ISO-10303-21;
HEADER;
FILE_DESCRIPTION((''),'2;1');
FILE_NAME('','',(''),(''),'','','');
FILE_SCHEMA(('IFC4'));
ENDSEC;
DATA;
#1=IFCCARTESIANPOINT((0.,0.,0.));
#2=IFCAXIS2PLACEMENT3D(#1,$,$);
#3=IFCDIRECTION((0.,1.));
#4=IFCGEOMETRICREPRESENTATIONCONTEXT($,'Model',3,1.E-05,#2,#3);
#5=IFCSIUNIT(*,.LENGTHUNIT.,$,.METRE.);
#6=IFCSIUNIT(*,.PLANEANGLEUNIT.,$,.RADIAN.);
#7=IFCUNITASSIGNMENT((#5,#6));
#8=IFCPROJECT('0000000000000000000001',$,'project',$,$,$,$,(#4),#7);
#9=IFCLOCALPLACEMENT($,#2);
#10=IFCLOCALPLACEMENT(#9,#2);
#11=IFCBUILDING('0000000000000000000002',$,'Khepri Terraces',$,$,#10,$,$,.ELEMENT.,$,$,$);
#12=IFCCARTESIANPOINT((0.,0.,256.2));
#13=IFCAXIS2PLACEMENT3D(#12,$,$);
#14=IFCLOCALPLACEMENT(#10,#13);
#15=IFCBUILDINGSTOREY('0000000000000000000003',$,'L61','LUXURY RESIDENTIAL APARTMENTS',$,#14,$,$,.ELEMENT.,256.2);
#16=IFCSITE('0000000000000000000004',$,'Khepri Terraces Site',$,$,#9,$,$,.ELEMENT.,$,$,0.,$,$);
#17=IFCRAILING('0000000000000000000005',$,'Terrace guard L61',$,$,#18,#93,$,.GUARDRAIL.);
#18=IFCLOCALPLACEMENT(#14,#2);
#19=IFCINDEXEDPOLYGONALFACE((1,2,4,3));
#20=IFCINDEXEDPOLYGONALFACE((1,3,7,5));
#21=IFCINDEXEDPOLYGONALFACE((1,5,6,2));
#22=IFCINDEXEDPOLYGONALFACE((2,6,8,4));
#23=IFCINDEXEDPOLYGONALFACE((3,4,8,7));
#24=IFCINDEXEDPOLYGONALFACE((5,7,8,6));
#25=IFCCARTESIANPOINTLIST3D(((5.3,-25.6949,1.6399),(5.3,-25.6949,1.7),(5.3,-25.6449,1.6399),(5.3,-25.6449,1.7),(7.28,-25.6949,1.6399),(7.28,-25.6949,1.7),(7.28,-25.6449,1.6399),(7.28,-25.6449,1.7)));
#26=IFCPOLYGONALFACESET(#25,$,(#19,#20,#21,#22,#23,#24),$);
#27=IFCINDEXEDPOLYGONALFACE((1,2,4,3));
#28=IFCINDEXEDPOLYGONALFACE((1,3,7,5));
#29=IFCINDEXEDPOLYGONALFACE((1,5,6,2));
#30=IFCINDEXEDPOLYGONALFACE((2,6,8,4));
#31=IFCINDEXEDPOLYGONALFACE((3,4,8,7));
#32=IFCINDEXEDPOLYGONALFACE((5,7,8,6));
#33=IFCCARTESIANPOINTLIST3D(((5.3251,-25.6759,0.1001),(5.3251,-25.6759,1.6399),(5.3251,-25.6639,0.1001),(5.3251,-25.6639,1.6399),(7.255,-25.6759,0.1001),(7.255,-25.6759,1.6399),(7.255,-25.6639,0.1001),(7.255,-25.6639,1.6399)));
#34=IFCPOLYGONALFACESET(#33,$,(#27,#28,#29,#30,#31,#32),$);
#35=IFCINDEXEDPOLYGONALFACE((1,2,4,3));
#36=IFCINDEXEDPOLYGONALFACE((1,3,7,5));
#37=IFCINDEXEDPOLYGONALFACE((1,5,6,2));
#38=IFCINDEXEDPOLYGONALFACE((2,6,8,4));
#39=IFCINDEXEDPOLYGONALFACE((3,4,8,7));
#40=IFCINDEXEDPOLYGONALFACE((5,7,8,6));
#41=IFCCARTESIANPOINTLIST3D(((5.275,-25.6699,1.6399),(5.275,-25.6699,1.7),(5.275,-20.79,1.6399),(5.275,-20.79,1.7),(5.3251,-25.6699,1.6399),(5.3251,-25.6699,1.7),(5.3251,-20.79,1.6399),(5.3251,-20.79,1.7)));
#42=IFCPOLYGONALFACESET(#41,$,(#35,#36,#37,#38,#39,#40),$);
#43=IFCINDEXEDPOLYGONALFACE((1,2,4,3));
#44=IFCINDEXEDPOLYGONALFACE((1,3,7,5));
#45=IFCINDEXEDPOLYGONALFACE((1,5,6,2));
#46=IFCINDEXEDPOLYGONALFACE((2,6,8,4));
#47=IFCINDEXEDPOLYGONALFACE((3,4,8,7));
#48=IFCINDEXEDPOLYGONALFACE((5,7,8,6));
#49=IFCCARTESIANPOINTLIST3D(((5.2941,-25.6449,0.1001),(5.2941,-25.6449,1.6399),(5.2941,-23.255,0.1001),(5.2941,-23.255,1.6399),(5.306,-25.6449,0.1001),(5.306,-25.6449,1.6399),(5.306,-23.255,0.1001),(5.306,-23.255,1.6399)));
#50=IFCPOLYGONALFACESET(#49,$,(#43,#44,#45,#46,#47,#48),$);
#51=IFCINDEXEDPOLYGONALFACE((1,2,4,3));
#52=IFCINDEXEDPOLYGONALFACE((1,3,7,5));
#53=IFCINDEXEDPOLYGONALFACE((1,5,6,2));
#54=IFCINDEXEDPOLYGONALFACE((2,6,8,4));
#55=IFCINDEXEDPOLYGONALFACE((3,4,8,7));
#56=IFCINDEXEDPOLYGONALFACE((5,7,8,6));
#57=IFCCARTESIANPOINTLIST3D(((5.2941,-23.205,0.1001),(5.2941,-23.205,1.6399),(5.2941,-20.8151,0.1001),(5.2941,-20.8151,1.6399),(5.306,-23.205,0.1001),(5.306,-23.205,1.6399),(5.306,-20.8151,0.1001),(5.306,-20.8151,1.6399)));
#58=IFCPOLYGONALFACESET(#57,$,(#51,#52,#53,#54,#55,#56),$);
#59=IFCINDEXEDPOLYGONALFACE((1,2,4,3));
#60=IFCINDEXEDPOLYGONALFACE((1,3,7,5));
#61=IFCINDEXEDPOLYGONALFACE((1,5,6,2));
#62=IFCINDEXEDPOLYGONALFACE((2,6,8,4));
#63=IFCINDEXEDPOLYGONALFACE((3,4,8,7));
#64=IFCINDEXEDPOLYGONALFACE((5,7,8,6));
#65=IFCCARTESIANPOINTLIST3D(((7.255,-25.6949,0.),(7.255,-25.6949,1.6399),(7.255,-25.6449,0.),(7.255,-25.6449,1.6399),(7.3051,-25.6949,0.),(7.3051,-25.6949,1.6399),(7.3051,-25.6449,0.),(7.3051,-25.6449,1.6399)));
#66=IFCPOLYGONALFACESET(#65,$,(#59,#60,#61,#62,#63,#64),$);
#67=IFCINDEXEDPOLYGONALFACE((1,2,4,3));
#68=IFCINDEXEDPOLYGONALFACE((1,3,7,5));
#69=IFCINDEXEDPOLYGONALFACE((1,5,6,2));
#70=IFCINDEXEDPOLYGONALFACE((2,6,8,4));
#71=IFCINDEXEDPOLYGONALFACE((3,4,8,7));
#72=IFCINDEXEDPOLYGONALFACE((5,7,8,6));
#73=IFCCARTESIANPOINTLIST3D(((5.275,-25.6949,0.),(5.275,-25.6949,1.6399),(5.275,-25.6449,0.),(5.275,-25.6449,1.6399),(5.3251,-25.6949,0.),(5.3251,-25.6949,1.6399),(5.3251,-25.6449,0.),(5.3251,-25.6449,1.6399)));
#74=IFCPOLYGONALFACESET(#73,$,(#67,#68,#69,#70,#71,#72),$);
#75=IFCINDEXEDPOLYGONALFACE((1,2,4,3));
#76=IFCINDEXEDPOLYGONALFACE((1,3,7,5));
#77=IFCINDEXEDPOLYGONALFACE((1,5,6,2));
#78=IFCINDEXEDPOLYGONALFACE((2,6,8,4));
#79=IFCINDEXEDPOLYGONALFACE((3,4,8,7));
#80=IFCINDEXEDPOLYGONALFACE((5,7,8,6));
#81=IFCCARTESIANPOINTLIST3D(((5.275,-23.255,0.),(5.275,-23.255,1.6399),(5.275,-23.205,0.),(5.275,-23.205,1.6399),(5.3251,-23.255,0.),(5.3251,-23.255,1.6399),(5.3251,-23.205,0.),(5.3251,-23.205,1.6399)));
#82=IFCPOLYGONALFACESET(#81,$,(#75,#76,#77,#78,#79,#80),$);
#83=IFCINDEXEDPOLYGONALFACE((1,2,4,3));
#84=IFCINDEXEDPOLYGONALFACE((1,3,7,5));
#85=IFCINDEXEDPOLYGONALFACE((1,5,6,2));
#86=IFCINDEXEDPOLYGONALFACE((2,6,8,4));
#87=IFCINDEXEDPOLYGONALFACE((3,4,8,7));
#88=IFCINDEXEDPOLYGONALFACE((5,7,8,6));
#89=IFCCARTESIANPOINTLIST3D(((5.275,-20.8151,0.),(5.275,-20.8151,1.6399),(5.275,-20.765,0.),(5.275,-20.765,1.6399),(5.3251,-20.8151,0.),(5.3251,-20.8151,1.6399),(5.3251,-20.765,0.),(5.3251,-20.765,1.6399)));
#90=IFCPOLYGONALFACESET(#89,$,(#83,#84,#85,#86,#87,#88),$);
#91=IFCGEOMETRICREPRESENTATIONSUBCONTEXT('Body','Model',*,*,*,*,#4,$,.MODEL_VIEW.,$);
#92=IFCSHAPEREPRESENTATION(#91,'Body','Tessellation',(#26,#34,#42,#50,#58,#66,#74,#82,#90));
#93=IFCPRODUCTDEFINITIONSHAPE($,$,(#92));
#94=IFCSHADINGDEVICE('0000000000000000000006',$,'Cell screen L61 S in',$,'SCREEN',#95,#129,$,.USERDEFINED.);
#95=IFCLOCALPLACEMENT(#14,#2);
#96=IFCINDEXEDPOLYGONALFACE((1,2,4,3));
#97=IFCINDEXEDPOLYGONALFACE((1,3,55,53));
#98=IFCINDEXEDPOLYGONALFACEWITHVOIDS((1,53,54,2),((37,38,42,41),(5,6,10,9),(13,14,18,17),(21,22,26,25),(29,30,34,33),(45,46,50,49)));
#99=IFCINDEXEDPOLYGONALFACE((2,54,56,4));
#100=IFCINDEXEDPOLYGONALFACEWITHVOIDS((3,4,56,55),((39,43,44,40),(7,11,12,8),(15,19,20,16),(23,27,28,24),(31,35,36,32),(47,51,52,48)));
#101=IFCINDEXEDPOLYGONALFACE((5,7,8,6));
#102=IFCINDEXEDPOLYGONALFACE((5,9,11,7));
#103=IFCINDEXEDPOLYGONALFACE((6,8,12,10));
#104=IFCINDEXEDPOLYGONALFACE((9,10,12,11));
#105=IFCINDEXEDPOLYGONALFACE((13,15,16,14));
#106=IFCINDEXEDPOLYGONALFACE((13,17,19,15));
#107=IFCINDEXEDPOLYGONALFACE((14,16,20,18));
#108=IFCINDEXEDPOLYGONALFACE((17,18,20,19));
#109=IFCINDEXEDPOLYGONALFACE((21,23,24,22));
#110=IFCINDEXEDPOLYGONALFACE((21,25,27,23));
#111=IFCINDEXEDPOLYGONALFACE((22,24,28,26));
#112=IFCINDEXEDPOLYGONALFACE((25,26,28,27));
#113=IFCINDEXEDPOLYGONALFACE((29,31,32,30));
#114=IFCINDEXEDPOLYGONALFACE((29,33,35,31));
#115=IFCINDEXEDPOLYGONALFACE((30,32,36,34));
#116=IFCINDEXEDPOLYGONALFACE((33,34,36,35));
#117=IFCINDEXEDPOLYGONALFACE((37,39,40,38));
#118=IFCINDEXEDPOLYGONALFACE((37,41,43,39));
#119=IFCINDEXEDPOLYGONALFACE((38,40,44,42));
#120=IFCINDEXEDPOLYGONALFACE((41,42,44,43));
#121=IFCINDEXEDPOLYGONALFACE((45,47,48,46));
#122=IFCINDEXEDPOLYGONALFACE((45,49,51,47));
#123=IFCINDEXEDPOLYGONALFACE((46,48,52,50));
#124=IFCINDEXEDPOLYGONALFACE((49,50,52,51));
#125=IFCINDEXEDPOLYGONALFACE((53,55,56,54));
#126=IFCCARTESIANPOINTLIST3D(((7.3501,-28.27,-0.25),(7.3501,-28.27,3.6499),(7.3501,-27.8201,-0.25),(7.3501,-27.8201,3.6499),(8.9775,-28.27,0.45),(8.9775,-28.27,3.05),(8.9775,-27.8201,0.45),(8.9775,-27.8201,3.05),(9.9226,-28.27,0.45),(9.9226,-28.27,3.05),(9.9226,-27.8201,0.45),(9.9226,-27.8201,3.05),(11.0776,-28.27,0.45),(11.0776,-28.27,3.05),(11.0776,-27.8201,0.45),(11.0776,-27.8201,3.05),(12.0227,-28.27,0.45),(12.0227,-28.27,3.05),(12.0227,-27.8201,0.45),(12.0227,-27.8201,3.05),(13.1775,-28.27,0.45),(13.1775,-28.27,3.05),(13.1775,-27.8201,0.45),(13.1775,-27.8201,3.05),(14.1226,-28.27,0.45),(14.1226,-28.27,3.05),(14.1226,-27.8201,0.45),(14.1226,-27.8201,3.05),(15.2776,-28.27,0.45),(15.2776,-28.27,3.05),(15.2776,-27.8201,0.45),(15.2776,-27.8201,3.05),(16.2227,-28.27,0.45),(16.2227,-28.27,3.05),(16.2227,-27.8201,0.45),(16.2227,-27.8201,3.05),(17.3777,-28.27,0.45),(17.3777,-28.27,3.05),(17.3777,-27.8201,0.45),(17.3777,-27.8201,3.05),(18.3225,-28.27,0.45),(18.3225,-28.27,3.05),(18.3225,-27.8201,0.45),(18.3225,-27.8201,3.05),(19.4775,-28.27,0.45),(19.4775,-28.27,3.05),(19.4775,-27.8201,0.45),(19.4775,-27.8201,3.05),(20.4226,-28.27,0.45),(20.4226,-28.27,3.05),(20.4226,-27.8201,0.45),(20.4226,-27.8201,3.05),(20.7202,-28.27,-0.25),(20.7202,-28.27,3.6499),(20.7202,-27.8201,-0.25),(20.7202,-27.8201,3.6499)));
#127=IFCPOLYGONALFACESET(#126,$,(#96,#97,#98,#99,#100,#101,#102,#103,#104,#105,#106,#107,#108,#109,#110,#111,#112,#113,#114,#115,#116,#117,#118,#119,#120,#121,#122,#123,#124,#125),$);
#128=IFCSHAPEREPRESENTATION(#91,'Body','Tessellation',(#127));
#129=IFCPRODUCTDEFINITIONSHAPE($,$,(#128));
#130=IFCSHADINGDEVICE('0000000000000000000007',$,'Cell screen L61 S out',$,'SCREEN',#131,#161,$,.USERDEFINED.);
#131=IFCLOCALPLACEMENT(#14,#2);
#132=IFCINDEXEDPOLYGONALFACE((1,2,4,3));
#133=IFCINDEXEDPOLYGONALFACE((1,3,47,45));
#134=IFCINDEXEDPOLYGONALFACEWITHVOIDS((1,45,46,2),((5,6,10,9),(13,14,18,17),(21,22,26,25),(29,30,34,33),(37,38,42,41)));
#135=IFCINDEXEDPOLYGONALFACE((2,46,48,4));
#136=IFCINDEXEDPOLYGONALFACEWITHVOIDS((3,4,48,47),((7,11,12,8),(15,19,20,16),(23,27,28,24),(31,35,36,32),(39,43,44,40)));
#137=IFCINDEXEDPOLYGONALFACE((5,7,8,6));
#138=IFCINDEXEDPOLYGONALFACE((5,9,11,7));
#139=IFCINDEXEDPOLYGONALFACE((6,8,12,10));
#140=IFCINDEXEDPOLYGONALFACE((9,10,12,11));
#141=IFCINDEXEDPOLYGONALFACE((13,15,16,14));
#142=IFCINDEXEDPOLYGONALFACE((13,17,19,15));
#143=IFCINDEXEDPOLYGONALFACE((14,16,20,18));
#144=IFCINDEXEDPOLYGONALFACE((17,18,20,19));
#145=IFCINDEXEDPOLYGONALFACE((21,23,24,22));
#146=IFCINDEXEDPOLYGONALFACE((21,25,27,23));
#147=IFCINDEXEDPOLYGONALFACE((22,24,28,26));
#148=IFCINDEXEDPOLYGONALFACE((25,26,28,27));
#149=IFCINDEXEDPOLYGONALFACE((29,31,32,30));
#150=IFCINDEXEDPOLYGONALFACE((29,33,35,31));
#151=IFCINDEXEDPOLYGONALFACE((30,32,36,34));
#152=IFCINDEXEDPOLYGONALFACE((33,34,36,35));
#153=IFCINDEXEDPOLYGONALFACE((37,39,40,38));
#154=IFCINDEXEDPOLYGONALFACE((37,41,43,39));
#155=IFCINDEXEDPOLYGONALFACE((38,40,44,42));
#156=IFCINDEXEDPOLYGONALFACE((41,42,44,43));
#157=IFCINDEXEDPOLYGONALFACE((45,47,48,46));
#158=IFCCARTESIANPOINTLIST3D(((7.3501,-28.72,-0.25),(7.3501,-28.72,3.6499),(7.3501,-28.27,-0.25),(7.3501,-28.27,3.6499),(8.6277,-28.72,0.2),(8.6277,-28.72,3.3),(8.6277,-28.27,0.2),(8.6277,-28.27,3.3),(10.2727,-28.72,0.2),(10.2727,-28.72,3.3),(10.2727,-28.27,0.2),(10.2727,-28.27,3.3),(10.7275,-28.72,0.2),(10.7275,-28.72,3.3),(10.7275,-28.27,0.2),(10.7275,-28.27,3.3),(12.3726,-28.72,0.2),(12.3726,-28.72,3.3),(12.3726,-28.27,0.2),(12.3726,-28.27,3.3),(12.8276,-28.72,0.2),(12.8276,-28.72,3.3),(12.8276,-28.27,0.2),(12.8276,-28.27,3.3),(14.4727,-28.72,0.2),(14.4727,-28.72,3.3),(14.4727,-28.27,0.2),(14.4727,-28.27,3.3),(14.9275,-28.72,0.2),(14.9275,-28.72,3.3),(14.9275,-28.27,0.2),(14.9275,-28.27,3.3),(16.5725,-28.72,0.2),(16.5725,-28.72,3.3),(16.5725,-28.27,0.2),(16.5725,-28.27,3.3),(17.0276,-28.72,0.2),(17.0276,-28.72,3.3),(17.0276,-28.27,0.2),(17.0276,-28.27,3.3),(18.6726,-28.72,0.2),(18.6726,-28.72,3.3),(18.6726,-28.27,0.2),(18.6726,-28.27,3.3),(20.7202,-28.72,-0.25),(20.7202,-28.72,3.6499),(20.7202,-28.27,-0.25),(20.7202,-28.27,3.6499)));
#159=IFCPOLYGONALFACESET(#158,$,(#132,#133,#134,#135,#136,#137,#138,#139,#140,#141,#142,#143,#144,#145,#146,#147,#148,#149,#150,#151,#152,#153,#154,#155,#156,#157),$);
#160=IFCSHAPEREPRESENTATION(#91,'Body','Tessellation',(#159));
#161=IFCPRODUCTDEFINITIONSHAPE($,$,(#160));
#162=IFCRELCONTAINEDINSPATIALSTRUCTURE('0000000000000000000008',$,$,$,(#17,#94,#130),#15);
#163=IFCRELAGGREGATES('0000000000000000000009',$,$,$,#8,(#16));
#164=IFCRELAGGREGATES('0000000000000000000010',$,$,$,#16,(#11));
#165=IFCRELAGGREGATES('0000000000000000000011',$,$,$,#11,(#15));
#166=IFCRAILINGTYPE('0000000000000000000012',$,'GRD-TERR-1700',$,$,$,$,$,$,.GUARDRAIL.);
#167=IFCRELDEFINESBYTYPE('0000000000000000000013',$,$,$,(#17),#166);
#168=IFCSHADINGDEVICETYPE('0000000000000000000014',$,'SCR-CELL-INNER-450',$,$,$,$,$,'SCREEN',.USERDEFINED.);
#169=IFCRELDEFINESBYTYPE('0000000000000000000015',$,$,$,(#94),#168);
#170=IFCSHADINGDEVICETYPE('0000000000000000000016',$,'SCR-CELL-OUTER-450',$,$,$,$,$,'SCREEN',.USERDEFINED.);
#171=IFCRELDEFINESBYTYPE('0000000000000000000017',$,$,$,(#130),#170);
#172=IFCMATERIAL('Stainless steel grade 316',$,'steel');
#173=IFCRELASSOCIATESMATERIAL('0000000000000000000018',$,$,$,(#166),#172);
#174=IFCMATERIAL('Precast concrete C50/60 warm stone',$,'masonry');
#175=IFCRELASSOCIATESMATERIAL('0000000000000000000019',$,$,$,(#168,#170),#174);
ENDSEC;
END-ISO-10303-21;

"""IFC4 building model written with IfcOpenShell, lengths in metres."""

from ifc_helpers import new_model, si_unit, direction, frame, origin, origin_2d, place, context, subcontext, project, spatial, polyline, rectangle, outline, extrude, material, type_object, element, save


model = new_model("IFC4")

# Units and contexts
model_context = context("Model", 3, precision=1e-05, world=origin(), true_north=direction((0.0, 1.0)))
body_context = subcontext(model_context, "Body", "Model", "MODEL_VIEW")
ifc_project = project(units=[si_unit("LENGTHUNIT", "METRE"), si_unit("PLANEANGLEUNIT", "RADIAN")], contexts=[model_context])

# Site, building, storey
site_placement = place(None, origin())
site = spatial("IfcSite", under=ifc_project, at=site_placement, Name="Khepri Terraces Site", CompositionType="ELEMENT", RefElevation=0.0)
building_placement = place(site_placement, origin())
building = spatial("IfcBuilding", under=site, at=building_placement, Name="Khepri Terraces", CompositionType="ELEMENT")
storey_placement = place(building_placement, frame((0.0, 0.0, 256.2)))
storey = spatial("IfcBuildingStorey", under=building, at=storey_placement, Name="L61", Description="LUXURY RESIDENTIAL APARTMENTS", CompositionType="ELEMENT", Elevation=256.2)

# Shared definitions
ifc_material_1 = material(Name="Precast concrete C50/60 warm stone", Category="masonry")

# Railing
ifc_material_2 = material(Name="Stainless steel grade 316", Category="steel")
railing_type_1 = type_object("IfcRailingType", Name="GRD-TERR-1700", PredefinedType="GUARDRAIL", material=ifc_material_2)
railing_1_placement = place(storey_placement, frame((7.28, -25.6699, 0.0)))
element("IfcRailing", 1, at=railing_1_placement, inside=storey, type_object=railing_type_1, Name="Terrace guard L61", PredefinedType="GUARDRAIL", context=body_context, shape_type="SweptSolid", body=[
    extrude(rectangle(XDim=0.05, YDim=0.0601, at=origin_2d()), frame((0.0, 0.0, 1.6699), z_axis=(-1.0, 0.0, 0.0), x_axis=(0.0, -1.0, 0.0)), (0.0, 0.0, 1.0), 1.98),
    extrude(rectangle(XDim=1.9299, YDim=0.012, at=origin_2d()), frame((-0.99, 0.0, 0.1001), z_axis=(0.0, 0.0, 1.0), x_axis=(-1.0, 0.0, 0.0)), (0.0, 0.0, 1.0), 1.5398),
    extrude(rectangle(XDim=0.05, YDim=0.0601, at=origin_2d()), frame((-1.98, 0.0, 1.6699), z_axis=(0.0, 1.0, 0.0), x_axis=(-1.0, 0.0, 0.0)), (0.0, 0.0, 1.0), 4.8799),
    extrude(rectangle(XDim=2.3899, YDim=0.012, at=origin_2d()), frame((-1.98, 1.22, 0.1001), z_axis=(0.0, 0.0, 1.0), x_axis=(0.0, 1.0, 0.0)), (0.0, 0.0, 1.0), 1.5398),
    extrude(rectangle(XDim=2.3899, YDim=0.012, at=origin_2d()), frame((-1.98, 3.6599, 0.1001), z_axis=(0.0, 0.0, 1.0), x_axis=(0.0, 1.0, 0.0)), (0.0, 0.0, 1.0), 1.5398),
    extrude(rectangle(XDim=0.05, YDim=0.05, at=origin_2d()), origin(), (0.0, 0.0, 1.0), 1.6399),
    extrude(rectangle(XDim=0.05, YDim=0.05, at=origin_2d()), frame((-1.98, 0.0, 0.0)), (0.0, 0.0, 1.0), 1.6399),
    extrude(rectangle(XDim=0.05, YDim=0.05, at=origin_2d()), frame((-1.98, 2.4399, 0.0)), (0.0, 0.0, 1.0), 1.6399),
    extrude(rectangle(XDim=0.05, YDim=0.05, at=origin_2d()), frame((-1.98, 4.8799, 0.0)), (0.0, 0.0, 1.0), 1.6399),
])

# Shading devices
shading_device_type_1 = type_object("IfcShadingDeviceType", Name="SCR-CELL-INNER-450", ElementType="SCREEN", PredefinedType="USERDEFINED", material=ifc_material_1)
shading_device_1_placement = place(storey_placement, frame((7.3501, -27.8201, -0.25), z_axis=(0.0, -1.0, 0.0), x_axis=(1.0, 0.0, 0.0)))
element("IfcShadingDevice", 2, at=shading_device_1_placement, inside=storey, type_object=shading_device_type_1, Name="Cell screen L61 S in", ObjectType="SCREEN", PredefinedType="USERDEFINED", context=body_context, shape_type="SweptSolid", body=[
    extrude(outline(polyline([(0.0, 0.0), (13.3701, 0.0), (13.3701, 3.8999), (0.0, 3.8999), (0.0, 0.0)]), holes=[polyline([(1.6274, 0.7), (2.5725, 0.7), (2.5725, 3.3), (1.6274, 3.3), (1.6274, 0.7)]), polyline([(3.7275, 0.7), (4.6726, 0.7), (4.6726, 3.3), (3.7275, 3.3), (3.7275, 0.7)]), polyline([(5.8274, 0.7), (6.7725, 0.7), (6.7725, 3.3), (5.8274, 3.3), (5.8274, 0.7)]), polyline([(7.9275, 0.7), (8.8726, 0.7), (8.8726, 3.3), (7.9275, 3.3), (7.9275, 0.7)]), polyline([(10.0276, 0.7), (10.9724, 0.7), (10.9724, 3.3), (10.0276, 3.3), (10.0276, 0.7)]), polyline([(12.1274, 0.7), (13.0725, 0.7), (13.0725, 3.3), (12.1274, 3.3), (12.1274, 0.7)])]), origin(), (0.0, 0.0, 1.0), 0.45),
])
shading_device_type_2 = type_object("IfcShadingDeviceType", Name="SCR-CELL-OUTER-450", ElementType="SCREEN", PredefinedType="USERDEFINED", material=ifc_material_1)
shading_device_2_placement = place(storey_placement, frame((7.3501, -28.27, -0.25), z_axis=(0.0, -1.0, 0.0), x_axis=(1.0, 0.0, 0.0)))
element("IfcShadingDevice", 3, at=shading_device_2_placement, inside=storey, type_object=shading_device_type_2, Name="Cell screen L61 S out", ObjectType="SCREEN", PredefinedType="USERDEFINED", context=body_context, shape_type="SweptSolid", body=[
    extrude(outline(polyline([(0.0, 0.0), (13.3701, 0.0), (13.3701, 3.8999), (0.0, 3.8999), (0.0, 0.0)]), holes=[polyline([(1.2776, 0.45), (2.9226, 0.45), (2.9226, 3.55), (1.2776, 3.55), (1.2776, 0.45)]), polyline([(3.3774, 0.45), (5.0225, 0.45), (5.0225, 3.55), (3.3774, 3.55), (3.3774, 0.45)]), polyline([(5.4775, 0.45), (7.1226, 0.45), (7.1226, 3.55), (5.4775, 3.55), (5.4775, 0.45)]), polyline([(7.5774, 0.45), (9.2224, 0.45), (9.2224, 3.55), (7.5774, 3.55), (7.5774, 0.45)]), polyline([(9.6775, 0.45), (11.3225, 0.45), (11.3225, 3.55), (9.6775, 3.55), (9.6775, 0.45)])]), origin(), (0.0, 0.0, 1.0), 0.45),
])

save(model, "model.ifc")
